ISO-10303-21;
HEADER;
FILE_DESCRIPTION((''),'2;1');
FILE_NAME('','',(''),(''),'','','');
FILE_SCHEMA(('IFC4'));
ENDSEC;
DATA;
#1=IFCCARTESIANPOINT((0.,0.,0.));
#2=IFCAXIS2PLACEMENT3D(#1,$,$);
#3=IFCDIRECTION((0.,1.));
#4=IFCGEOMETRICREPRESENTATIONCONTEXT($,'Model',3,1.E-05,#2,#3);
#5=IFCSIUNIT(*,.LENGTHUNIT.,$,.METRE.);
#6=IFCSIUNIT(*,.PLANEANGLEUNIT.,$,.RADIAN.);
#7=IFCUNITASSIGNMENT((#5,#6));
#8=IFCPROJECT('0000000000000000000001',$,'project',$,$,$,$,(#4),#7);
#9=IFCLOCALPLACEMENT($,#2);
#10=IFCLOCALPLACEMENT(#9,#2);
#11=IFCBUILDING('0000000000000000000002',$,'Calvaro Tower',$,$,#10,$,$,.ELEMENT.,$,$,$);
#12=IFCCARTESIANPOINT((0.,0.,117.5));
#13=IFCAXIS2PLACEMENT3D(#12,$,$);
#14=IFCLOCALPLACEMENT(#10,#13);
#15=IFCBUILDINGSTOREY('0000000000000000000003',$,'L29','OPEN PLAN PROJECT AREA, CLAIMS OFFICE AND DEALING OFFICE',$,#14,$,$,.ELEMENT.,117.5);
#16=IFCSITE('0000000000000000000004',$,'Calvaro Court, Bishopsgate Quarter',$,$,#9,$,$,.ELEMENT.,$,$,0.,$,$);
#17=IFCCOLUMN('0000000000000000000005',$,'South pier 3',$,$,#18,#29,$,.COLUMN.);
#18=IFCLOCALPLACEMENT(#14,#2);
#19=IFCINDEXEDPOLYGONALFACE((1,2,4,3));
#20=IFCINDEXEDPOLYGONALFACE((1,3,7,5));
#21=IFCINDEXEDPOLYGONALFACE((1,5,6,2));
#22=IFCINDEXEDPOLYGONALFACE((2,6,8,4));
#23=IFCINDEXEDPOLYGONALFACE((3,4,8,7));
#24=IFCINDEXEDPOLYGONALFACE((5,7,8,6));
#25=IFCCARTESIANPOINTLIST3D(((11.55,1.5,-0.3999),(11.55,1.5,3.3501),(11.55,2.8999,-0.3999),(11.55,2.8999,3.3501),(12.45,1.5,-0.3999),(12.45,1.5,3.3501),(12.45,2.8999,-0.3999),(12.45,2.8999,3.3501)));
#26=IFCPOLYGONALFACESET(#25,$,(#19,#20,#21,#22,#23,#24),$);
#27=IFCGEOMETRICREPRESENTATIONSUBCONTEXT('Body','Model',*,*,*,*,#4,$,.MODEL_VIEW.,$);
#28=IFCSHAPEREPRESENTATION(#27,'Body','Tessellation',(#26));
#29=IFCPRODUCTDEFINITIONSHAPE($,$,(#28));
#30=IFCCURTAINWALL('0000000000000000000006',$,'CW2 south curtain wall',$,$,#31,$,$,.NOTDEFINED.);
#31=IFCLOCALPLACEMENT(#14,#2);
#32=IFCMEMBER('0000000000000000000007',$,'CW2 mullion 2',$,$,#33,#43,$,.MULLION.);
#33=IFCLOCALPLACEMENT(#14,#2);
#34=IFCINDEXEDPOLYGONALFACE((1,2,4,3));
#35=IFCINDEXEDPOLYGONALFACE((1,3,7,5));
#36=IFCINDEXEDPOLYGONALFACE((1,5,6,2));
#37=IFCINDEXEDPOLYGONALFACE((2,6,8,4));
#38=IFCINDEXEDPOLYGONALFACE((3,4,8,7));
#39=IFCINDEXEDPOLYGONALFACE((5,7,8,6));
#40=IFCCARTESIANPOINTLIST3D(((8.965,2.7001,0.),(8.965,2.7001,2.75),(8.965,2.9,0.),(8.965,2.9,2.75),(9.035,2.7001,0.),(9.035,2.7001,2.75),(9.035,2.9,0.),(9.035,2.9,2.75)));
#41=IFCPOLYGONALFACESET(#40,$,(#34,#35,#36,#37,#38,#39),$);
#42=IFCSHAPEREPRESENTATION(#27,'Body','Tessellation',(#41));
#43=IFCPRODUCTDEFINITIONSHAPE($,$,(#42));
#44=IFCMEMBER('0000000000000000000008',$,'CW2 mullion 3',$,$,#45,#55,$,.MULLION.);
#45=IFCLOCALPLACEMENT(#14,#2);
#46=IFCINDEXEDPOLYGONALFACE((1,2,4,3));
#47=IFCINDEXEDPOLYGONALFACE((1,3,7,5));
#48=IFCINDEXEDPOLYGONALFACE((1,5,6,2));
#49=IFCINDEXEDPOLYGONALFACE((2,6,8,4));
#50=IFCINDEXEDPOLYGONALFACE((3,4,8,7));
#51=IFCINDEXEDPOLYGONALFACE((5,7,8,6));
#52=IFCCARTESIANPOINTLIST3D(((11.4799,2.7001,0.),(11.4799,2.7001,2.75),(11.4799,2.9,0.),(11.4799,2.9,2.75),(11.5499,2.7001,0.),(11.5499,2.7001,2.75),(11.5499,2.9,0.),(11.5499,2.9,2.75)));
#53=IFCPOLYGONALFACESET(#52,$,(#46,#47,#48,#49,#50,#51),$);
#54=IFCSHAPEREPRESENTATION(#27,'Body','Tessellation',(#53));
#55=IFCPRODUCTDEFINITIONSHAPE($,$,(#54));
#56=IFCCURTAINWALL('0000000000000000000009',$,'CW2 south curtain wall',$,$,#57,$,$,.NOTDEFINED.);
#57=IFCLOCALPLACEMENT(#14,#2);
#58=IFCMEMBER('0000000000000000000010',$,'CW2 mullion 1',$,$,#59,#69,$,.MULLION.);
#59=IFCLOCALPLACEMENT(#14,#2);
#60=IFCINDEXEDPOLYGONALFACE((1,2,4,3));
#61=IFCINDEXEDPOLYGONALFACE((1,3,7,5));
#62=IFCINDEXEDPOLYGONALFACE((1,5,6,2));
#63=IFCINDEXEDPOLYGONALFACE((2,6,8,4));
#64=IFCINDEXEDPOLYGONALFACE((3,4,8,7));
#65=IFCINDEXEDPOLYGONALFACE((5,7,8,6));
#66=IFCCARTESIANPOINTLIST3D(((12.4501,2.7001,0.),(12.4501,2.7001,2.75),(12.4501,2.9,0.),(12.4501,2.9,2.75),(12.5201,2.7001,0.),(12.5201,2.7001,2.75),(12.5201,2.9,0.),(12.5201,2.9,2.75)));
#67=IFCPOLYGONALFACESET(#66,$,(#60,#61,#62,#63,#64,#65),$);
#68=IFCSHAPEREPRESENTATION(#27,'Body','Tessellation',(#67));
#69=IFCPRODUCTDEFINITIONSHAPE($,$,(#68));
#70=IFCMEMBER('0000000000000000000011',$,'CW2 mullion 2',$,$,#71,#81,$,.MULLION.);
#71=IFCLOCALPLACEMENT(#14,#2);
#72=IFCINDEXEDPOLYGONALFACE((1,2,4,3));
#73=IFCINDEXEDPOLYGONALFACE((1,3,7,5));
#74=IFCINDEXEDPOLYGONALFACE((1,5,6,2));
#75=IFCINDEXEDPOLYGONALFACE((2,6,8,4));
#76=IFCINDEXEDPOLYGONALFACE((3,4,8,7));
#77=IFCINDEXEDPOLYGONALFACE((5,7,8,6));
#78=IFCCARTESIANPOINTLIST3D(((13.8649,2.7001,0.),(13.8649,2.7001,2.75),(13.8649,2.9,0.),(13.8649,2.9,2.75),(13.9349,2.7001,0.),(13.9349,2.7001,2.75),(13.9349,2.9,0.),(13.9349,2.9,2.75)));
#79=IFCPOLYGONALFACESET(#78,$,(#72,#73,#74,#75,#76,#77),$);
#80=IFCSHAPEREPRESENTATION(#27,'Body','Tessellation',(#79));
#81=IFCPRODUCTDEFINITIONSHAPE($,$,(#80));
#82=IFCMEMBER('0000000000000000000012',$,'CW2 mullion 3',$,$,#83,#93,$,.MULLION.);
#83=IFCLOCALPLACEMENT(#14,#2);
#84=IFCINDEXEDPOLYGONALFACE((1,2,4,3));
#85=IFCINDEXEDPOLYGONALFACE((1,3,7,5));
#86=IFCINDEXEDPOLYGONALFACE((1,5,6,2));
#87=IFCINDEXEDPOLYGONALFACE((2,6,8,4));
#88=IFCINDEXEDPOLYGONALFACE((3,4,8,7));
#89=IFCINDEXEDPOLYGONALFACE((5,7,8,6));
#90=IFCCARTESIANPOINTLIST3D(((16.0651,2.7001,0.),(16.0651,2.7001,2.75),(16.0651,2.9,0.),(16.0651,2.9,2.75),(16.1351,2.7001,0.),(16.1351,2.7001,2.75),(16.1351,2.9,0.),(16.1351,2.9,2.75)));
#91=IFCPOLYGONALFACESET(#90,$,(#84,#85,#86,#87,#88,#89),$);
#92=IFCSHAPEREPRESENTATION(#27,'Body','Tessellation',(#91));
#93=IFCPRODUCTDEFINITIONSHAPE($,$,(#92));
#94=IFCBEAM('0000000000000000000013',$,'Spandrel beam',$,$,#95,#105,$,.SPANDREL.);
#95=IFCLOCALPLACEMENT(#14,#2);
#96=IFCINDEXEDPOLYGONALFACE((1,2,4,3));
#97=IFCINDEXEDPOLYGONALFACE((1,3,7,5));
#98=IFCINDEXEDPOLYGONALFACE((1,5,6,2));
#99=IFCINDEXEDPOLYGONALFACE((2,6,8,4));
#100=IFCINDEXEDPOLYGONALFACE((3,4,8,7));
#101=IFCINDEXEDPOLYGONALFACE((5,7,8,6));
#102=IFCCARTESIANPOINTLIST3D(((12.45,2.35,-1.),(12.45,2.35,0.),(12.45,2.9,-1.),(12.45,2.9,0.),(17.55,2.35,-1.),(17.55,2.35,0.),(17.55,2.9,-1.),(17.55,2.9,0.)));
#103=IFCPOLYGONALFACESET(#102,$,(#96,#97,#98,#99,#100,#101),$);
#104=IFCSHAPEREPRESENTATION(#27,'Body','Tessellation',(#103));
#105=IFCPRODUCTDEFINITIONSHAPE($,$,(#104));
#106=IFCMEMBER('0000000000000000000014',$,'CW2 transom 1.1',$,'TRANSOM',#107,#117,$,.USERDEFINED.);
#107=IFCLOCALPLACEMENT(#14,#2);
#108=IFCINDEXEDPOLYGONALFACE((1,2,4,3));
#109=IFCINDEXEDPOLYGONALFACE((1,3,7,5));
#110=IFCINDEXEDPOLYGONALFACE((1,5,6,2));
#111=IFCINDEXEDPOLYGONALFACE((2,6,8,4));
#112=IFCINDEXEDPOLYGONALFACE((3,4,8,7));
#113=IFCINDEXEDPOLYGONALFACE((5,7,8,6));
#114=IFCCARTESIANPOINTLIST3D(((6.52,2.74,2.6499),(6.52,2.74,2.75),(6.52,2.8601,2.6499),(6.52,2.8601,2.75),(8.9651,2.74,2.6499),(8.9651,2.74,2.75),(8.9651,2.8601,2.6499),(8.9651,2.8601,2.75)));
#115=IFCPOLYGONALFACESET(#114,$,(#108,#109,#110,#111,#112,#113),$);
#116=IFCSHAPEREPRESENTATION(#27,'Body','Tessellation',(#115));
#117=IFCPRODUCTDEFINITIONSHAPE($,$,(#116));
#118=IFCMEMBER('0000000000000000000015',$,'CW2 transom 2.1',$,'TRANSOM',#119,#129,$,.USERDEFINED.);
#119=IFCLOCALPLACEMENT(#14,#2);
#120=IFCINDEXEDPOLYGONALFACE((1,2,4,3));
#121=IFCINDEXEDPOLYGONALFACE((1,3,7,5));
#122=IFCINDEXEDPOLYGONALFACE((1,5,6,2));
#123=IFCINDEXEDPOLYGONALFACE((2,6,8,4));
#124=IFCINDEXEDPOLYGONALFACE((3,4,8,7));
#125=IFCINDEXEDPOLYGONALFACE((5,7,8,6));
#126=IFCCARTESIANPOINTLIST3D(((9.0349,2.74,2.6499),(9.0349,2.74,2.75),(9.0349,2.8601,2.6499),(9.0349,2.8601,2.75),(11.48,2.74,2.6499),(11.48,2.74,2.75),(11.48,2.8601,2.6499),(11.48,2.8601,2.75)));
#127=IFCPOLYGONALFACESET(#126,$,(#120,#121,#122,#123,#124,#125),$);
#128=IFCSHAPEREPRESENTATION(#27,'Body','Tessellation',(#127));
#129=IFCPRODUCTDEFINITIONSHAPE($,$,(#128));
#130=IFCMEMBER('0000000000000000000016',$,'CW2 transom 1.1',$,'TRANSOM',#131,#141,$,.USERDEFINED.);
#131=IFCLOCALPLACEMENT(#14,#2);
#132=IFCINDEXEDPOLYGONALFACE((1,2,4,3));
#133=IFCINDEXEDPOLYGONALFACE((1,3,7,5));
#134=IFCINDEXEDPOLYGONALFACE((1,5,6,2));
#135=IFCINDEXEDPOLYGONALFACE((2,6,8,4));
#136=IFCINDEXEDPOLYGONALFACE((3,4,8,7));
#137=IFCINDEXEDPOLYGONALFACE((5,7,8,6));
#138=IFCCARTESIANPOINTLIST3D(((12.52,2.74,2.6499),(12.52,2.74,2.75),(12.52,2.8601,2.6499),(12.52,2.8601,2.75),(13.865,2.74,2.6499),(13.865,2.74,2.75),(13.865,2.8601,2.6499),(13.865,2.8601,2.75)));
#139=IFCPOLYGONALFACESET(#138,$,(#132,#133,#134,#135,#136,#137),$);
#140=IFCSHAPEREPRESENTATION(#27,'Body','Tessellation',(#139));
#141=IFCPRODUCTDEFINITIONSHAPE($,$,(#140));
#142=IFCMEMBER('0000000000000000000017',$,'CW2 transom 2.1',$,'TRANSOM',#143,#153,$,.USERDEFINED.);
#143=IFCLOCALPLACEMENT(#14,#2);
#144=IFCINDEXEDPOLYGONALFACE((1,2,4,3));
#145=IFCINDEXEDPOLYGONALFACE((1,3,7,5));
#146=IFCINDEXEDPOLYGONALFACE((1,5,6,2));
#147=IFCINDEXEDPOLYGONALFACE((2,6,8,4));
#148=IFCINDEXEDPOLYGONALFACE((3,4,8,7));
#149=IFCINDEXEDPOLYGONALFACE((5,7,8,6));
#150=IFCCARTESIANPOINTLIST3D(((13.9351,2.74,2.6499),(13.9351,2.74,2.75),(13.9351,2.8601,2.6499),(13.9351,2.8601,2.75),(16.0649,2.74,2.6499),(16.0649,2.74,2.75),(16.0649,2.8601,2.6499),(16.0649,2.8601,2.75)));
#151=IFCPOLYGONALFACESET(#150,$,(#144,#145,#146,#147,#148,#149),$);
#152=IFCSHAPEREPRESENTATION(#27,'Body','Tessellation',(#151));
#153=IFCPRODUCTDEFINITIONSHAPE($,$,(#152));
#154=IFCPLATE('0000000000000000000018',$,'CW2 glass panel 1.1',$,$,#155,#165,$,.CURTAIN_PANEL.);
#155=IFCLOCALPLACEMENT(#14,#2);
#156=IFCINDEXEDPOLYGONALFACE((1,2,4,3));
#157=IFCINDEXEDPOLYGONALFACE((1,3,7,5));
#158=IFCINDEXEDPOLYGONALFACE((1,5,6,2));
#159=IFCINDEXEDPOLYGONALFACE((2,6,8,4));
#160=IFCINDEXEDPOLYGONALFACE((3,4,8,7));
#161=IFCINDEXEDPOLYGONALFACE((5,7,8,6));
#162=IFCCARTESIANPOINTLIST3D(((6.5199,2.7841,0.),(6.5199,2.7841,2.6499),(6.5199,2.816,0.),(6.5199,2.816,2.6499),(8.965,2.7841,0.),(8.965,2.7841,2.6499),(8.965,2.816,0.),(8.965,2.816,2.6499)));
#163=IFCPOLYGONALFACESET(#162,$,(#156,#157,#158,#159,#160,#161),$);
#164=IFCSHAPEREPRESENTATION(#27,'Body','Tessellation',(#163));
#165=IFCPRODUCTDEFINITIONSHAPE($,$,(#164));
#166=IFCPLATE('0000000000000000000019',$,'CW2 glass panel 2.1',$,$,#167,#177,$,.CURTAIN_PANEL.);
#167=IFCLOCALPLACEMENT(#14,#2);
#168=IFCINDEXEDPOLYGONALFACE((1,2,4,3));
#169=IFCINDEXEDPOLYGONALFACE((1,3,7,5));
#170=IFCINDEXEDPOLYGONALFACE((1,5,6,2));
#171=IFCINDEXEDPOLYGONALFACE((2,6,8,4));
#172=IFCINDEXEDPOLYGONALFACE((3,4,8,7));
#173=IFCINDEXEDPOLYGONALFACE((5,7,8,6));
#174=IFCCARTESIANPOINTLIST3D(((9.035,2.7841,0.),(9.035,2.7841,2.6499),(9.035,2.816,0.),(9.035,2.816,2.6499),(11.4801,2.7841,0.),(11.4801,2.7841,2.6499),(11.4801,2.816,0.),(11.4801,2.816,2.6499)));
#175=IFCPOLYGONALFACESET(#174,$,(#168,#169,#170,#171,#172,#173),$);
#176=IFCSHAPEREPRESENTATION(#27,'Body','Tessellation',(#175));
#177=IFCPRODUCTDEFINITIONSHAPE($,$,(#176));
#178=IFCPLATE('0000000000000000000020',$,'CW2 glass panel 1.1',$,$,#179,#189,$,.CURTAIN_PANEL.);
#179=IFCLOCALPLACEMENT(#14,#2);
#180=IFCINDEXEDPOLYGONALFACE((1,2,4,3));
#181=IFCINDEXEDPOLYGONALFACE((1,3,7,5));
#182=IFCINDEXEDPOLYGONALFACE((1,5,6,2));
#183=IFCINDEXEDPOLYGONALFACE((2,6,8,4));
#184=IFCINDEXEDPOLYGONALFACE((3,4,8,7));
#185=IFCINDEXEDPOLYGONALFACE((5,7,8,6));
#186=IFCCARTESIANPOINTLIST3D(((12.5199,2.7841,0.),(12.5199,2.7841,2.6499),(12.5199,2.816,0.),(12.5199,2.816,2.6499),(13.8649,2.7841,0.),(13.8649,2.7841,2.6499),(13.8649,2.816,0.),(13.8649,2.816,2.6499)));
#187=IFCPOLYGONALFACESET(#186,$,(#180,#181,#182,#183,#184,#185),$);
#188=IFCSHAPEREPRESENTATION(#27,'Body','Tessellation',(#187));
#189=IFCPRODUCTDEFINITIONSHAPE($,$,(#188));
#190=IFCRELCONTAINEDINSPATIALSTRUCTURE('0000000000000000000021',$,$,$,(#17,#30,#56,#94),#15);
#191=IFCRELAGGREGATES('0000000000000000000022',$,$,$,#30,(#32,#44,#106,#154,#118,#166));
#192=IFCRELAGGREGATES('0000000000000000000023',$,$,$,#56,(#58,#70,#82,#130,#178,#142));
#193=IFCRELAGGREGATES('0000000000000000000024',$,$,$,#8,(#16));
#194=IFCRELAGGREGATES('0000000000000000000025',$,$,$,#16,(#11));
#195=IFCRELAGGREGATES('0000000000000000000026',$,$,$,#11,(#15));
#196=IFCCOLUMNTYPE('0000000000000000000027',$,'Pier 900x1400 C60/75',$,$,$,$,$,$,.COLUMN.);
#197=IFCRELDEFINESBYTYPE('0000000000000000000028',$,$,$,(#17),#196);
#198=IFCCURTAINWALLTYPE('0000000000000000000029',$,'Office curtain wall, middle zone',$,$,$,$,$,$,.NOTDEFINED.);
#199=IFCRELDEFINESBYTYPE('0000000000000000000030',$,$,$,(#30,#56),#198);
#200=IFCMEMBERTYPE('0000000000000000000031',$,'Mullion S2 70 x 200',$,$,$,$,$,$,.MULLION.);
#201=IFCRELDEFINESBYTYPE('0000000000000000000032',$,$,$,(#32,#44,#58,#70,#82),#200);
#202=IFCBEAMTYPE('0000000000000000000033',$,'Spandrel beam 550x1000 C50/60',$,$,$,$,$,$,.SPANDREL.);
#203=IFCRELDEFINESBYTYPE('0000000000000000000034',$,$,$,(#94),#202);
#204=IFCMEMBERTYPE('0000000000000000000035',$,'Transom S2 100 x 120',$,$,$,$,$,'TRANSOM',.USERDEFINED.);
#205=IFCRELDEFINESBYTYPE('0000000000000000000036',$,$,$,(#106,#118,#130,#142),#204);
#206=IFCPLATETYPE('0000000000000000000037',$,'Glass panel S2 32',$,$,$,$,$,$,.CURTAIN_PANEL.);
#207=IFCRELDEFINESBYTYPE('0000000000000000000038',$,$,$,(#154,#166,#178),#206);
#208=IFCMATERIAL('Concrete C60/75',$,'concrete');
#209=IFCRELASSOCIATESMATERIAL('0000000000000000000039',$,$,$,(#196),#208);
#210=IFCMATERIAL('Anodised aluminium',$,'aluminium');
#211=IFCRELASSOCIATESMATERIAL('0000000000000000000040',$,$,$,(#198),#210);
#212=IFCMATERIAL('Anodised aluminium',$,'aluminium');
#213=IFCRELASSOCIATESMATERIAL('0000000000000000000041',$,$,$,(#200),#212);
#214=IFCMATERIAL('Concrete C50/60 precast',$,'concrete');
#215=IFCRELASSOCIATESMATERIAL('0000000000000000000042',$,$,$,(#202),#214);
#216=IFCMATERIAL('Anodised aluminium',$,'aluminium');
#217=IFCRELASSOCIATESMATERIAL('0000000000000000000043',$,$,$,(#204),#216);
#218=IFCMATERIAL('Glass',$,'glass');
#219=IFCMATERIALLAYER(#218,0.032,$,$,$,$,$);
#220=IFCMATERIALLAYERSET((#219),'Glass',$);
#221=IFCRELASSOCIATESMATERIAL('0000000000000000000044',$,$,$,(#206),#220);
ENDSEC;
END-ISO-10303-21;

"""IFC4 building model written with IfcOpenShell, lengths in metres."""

from ifc_helpers import new_model, si_unit, direction, frame, origin, origin_2d, place, context, subcontext, project, spatial, rectangle, extrude, material, layer, layer_set, material_profile, profile_set, type_object, element, aggregate, save


model = new_model("IFC4")

# Units and contexts
model_context = context("Model", 3, precision=1e-05, world=origin(), true_north=direction((0.0, 1.0)))
body_context = subcontext(model_context, "Body", "Model", "MODEL_VIEW")
ifc_project = project(units=[si_unit("LENGTHUNIT", "METRE"), si_unit("PLANEANGLEUNIT", "RADIAN")], contexts=[model_context])

# Site, building, storey
site_placement = place(None, origin())
site = spatial("IfcSite", under=ifc_project, at=site_placement, Name="Calvaro Court, Bishopsgate Quarter", CompositionType="ELEMENT", RefElevation=0.0)
building_placement = place(site_placement, origin())
building = spatial("IfcBuilding", under=site, at=building_placement, Name="Calvaro Tower", CompositionType="ELEMENT")
storey_placement = place(building_placement, frame((0.0, 0.0, 117.5)))
storey = spatial("IfcBuildingStorey", under=building, at=storey_placement, Name="L29", Description="OPEN PLAN PROJECT AREA, CLAIMS OFFICE AND DEALING OFFICE", CompositionType="ELEMENT", Elevation=117.5)

# Column
ifc_material_1 = material(Name="Concrete C60/75", Category="concrete")
ifc_material_profile_1 = material_profile(ifc_material_1, rectangle(XDim=0.8999, YDim=1.3999, at=origin_2d()), Name="RC 900x1400")
ifc_profile_set_1 = profile_set([ifc_material_profile_1], Name="Concrete C60/75")
column_type = type_object("IfcColumnType", Name="Pier 900x1400 C60/75", PredefinedType="COLUMN", material=ifc_profile_set_1)
column_placement = place(storey_placement, frame((12.0, 2.2, -0.3999), z_axis=(0.0, 0.0, 1.0), x_axis=(1.0, 0.0, 0.0)))
element("IfcColumn", 1, at=column_placement, inside=storey, type_object=column_type, Name="South pier 3", PredefinedType="COLUMN", context=body_context, shape_type="SweptSolid", body=[
    extrude(rectangle(XDim=0.8999, YDim=1.3999, at=origin_2d()), origin(), (0.0, 0.0, 1.0), 3.75),
])

# Curtain walls, members
ifc_material_2 = material(Name="Anodised aluminium", Category="aluminium")
curtain_wall_type = type_object("IfcCurtainWallType", Name="Office curtain wall, middle zone", PredefinedType="NOTDEFINED", material=ifc_material_2)
curtain_wall_1_placement = place(storey_placement, origin())
curtain_wall_1 = element("IfcCurtainWall", 2, at=curtain_wall_1_placement, inside=storey, type_object=curtain_wall_type, Name="CW2 south curtain wall", PredefinedType="NOTDEFINED")
ifc_material_3 = material(Name="Anodised aluminium", Category="aluminium")
ifc_material_profile_2 = material_profile(ifc_material_3, rectangle(XDim=0.2, YDim=0.0701, at=origin_2d()), Name="Mullion S2 70 x 200")
ifc_profile_set_2 = profile_set([ifc_material_profile_2], Name="Anodised aluminium")
member_type_1 = type_object("IfcMemberType", Name="Mullion S2 70 x 200", PredefinedType="MULLION", material=ifc_profile_set_2)
member_1_placement = place(storey_placement, frame((9.0, 2.8, 0.0), z_axis=(0.0, 0.0, 1.0), x_axis=(0.0, 1.0, 0.0)))
member_1 = element("IfcMember", 3, at=member_1_placement, type_object=member_type_1, Name="CW2 mullion 2", PredefinedType="MULLION", context=body_context, shape_type="SweptSolid", body=[
    extrude(rectangle(XDim=0.2, YDim=0.0701, at=origin_2d()), origin(), (0.0, 0.0, 1.0), 2.75),
])
member_2_placement = place(storey_placement, frame((11.5149, 2.8, 0.0), z_axis=(0.0, 0.0, 1.0), x_axis=(0.0, 1.0, 0.0)))
member_2 = element("IfcMember", 4, at=member_2_placement, type_object=member_type_1, Name="CW2 mullion 3", PredefinedType="MULLION", context=body_context, shape_type="SweptSolid", body=[
    extrude(rectangle(XDim=0.2, YDim=0.0701, at=origin_2d()), origin(), (0.0, 0.0, 1.0), 2.75),
])
curtain_wall_2_placement = place(storey_placement, origin())
curtain_wall_2 = element("IfcCurtainWall", 5, at=curtain_wall_2_placement, inside=storey, type_object=curtain_wall_type, Name="CW2 south curtain wall", PredefinedType="NOTDEFINED")
member_3_placement = place(storey_placement, frame((12.4851, 2.8, 0.0), z_axis=(0.0, 0.0, 1.0), x_axis=(0.0, 1.0, 0.0)))
member_3 = element("IfcMember", 6, at=member_3_placement, type_object=member_type_1, Name="CW2 mullion 1", PredefinedType="MULLION", context=body_context, shape_type="SweptSolid", body=[
    extrude(rectangle(XDim=0.2, YDim=0.0701, at=origin_2d()), origin(), (0.0, 0.0, 1.0), 2.75),
])
member_4_placement = place(storey_placement, frame((13.8999, 2.8, 0.0), z_axis=(0.0, 0.0, 1.0), x_axis=(0.0, 1.0, 0.0)))
member_4 = element("IfcMember", 7, at=member_4_placement, type_object=member_type_1, Name="CW2 mullion 2", PredefinedType="MULLION", context=body_context, shape_type="SweptSolid", body=[
    extrude(rectangle(XDim=0.2, YDim=0.0701, at=origin_2d()), origin(), (0.0, 0.0, 1.0), 2.75),
])
member_5_placement = place(storey_placement, frame((16.1001, 2.8, 0.0), z_axis=(0.0, 0.0, 1.0), x_axis=(0.0, 1.0, 0.0)))
member_5 = element("IfcMember", 8, at=member_5_placement, type_object=member_type_1, Name="CW2 mullion 3", PredefinedType="MULLION", context=body_context, shape_type="SweptSolid", body=[
    extrude(rectangle(XDim=0.2, YDim=0.0701, at=origin_2d()), origin(), (0.0, 0.0, 1.0), 2.75),
])

# Beam
ifc_material_4 = material(Name="Concrete C50/60 precast", Category="concrete")
ifc_material_profile_3 = material_profile(ifc_material_4, rectangle(XDim=0.55, YDim=1.0, at=origin_2d()), Name="RC 550x1000")
ifc_profile_set_3 = profile_set([ifc_material_profile_3], Name="Concrete C50/60 precast")
beam_type = type_object("IfcBeamType", Name="Spandrel beam 550x1000 C50/60", PredefinedType="SPANDREL", material=ifc_profile_set_3)
beam_placement = place(storey_placement, frame((12.45, 2.625, -0.5), z_axis=(1.0, 0.0, 0.0), x_axis=(0.0, 1.0, 0.0)))
element("IfcBeam", 9, at=beam_placement, inside=storey, type_object=beam_type, Name="Spandrel beam", PredefinedType="SPANDREL", context=body_context, shape_type="SweptSolid", body=[
    extrude(rectangle(XDim=0.55, YDim=1.0, at=origin_2d()), origin(), (0.0, 0.0, 1.0), 5.1001),
])

# Members
ifc_material_5 = material(Name="Anodised aluminium", Category="aluminium")
ifc_material_profile_4 = material_profile(ifc_material_5, rectangle(XDim=0.1201, YDim=0.1001, at=origin_2d()), Name="Transom S2 100 x 120")
ifc_profile_set_4 = profile_set([ifc_material_profile_4], Name="Anodised aluminium")
member_type_2 = type_object("IfcMemberType", Name="Transom S2 100 x 120", ElementType="TRANSOM", PredefinedType="USERDEFINED", material=ifc_profile_set_4)
member_6_placement = place(storey_placement, frame((6.52, 2.8, 2.7), z_axis=(1.0, 0.0, 0.0), x_axis=(0.0, 1.0, 0.0)))
member_6 = element("IfcMember", 10, at=member_6_placement, type_object=member_type_2, Name="CW2 transom 1.1", ObjectType="TRANSOM", PredefinedType="USERDEFINED", context=body_context, shape_type="SweptSolid", body=[
    extrude(rectangle(XDim=0.1201, YDim=0.1001, at=origin_2d()), origin(), (0.0, 0.0, 1.0), 2.4451),
])
member_7_placement = place(storey_placement, frame((9.0349, 2.8, 2.7), z_axis=(1.0, 0.0, 0.0), x_axis=(0.0, 1.0, 0.0)))
member_7 = element("IfcMember", 11, at=member_7_placement, type_object=member_type_2, Name="CW2 transom 2.1", ObjectType="TRANSOM", PredefinedType="USERDEFINED", context=body_context, shape_type="SweptSolid", body=[
    extrude(rectangle(XDim=0.1201, YDim=0.1001, at=origin_2d()), origin(), (0.0, 0.0, 1.0), 2.4451),
])
member_8_placement = place(storey_placement, frame((12.52, 2.8, 2.7), z_axis=(1.0, 0.0, 0.0), x_axis=(0.0, 1.0, 0.0)))
member_8 = element("IfcMember", 12, at=member_8_placement, type_object=member_type_2, Name="CW2 transom 1.1", ObjectType="TRANSOM", PredefinedType="USERDEFINED", context=body_context, shape_type="SweptSolid", body=[
    extrude(rectangle(XDim=0.1201, YDim=0.1001, at=origin_2d()), origin(), (0.0, 0.0, 1.0), 1.345),
])
member_9_placement = place(storey_placement, frame((13.9351, 2.8, 2.7), z_axis=(1.0, 0.0, 0.0), x_axis=(0.0, 1.0, 0.0)))
member_9 = element("IfcMember", 13, at=member_9_placement, type_object=member_type_2, Name="CW2 transom 2.1", ObjectType="TRANSOM", PredefinedType="USERDEFINED", context=body_context, shape_type="SweptSolid", body=[
    extrude(rectangle(XDim=0.1201, YDim=0.1001, at=origin_2d()), origin(), (0.0, 0.0, 1.0), 2.1299),
])

# Plates
ifc_material_6 = material(Name="Glass", Category="glass")
ifc_layer_1 = layer(ifc_material_6, 0.032)
ifc_layer_set_1 = layer_set([ifc_layer_1], Name="Glass")
plate_type = type_object("IfcPlateType", Name="Glass panel S2 32", PredefinedType="CURTAIN_PANEL", material=ifc_layer_set_1)
plate_1_placement = place(storey_placement, frame((7.7424, 2.8, 0.0), z_axis=(0.0, 0.0, 1.0), x_axis=(1.0, 0.0, 0.0)))
plate_1 = element("IfcPlate", 14, at=plate_1_placement, type_object=plate_type, Name="CW2 glass panel 1.1", PredefinedType="CURTAIN_PANEL", context=body_context, shape_type="SweptSolid", body=[
    extrude(rectangle(XDim=2.4451, YDim=0.032, at=origin_2d()), origin(), (0.0, 0.0, 1.0), 2.6499),
])
plate_2_placement = place(storey_placement, frame((10.2576, 2.8, 0.0), z_axis=(0.0, 0.0, 1.0), x_axis=(1.0, 0.0, 0.0)))
plate_2 = element("IfcPlate", 15, at=plate_2_placement, type_object=plate_type, Name="CW2 glass panel 2.1", PredefinedType="CURTAIN_PANEL", context=body_context, shape_type="SweptSolid", body=[
    extrude(rectangle(XDim=2.4451, YDim=0.032, at=origin_2d()), origin(), (0.0, 0.0, 1.0), 2.6499),
])
aggregate(curtain_wall_1, [member_1, member_2, member_6, plate_1, member_7, plate_2])
plate_3_placement = place(storey_placement, frame((13.1924, 2.8, 0.0), z_axis=(0.0, 0.0, 1.0), x_axis=(1.0, 0.0, 0.0)))
plate_3 = element("IfcPlate", 16, at=plate_3_placement, type_object=plate_type, Name="CW2 glass panel 1.1", PredefinedType="CURTAIN_PANEL", context=body_context, shape_type="SweptSolid", body=[
    extrude(rectangle(XDim=1.345, YDim=0.032, at=origin_2d()), origin(), (0.0, 0.0, 1.0), 2.6499),
])
aggregate(curtain_wall_2, [member_3, member_4, member_5, member_8, plate_3, member_9])

save(model, "model.ifc")
